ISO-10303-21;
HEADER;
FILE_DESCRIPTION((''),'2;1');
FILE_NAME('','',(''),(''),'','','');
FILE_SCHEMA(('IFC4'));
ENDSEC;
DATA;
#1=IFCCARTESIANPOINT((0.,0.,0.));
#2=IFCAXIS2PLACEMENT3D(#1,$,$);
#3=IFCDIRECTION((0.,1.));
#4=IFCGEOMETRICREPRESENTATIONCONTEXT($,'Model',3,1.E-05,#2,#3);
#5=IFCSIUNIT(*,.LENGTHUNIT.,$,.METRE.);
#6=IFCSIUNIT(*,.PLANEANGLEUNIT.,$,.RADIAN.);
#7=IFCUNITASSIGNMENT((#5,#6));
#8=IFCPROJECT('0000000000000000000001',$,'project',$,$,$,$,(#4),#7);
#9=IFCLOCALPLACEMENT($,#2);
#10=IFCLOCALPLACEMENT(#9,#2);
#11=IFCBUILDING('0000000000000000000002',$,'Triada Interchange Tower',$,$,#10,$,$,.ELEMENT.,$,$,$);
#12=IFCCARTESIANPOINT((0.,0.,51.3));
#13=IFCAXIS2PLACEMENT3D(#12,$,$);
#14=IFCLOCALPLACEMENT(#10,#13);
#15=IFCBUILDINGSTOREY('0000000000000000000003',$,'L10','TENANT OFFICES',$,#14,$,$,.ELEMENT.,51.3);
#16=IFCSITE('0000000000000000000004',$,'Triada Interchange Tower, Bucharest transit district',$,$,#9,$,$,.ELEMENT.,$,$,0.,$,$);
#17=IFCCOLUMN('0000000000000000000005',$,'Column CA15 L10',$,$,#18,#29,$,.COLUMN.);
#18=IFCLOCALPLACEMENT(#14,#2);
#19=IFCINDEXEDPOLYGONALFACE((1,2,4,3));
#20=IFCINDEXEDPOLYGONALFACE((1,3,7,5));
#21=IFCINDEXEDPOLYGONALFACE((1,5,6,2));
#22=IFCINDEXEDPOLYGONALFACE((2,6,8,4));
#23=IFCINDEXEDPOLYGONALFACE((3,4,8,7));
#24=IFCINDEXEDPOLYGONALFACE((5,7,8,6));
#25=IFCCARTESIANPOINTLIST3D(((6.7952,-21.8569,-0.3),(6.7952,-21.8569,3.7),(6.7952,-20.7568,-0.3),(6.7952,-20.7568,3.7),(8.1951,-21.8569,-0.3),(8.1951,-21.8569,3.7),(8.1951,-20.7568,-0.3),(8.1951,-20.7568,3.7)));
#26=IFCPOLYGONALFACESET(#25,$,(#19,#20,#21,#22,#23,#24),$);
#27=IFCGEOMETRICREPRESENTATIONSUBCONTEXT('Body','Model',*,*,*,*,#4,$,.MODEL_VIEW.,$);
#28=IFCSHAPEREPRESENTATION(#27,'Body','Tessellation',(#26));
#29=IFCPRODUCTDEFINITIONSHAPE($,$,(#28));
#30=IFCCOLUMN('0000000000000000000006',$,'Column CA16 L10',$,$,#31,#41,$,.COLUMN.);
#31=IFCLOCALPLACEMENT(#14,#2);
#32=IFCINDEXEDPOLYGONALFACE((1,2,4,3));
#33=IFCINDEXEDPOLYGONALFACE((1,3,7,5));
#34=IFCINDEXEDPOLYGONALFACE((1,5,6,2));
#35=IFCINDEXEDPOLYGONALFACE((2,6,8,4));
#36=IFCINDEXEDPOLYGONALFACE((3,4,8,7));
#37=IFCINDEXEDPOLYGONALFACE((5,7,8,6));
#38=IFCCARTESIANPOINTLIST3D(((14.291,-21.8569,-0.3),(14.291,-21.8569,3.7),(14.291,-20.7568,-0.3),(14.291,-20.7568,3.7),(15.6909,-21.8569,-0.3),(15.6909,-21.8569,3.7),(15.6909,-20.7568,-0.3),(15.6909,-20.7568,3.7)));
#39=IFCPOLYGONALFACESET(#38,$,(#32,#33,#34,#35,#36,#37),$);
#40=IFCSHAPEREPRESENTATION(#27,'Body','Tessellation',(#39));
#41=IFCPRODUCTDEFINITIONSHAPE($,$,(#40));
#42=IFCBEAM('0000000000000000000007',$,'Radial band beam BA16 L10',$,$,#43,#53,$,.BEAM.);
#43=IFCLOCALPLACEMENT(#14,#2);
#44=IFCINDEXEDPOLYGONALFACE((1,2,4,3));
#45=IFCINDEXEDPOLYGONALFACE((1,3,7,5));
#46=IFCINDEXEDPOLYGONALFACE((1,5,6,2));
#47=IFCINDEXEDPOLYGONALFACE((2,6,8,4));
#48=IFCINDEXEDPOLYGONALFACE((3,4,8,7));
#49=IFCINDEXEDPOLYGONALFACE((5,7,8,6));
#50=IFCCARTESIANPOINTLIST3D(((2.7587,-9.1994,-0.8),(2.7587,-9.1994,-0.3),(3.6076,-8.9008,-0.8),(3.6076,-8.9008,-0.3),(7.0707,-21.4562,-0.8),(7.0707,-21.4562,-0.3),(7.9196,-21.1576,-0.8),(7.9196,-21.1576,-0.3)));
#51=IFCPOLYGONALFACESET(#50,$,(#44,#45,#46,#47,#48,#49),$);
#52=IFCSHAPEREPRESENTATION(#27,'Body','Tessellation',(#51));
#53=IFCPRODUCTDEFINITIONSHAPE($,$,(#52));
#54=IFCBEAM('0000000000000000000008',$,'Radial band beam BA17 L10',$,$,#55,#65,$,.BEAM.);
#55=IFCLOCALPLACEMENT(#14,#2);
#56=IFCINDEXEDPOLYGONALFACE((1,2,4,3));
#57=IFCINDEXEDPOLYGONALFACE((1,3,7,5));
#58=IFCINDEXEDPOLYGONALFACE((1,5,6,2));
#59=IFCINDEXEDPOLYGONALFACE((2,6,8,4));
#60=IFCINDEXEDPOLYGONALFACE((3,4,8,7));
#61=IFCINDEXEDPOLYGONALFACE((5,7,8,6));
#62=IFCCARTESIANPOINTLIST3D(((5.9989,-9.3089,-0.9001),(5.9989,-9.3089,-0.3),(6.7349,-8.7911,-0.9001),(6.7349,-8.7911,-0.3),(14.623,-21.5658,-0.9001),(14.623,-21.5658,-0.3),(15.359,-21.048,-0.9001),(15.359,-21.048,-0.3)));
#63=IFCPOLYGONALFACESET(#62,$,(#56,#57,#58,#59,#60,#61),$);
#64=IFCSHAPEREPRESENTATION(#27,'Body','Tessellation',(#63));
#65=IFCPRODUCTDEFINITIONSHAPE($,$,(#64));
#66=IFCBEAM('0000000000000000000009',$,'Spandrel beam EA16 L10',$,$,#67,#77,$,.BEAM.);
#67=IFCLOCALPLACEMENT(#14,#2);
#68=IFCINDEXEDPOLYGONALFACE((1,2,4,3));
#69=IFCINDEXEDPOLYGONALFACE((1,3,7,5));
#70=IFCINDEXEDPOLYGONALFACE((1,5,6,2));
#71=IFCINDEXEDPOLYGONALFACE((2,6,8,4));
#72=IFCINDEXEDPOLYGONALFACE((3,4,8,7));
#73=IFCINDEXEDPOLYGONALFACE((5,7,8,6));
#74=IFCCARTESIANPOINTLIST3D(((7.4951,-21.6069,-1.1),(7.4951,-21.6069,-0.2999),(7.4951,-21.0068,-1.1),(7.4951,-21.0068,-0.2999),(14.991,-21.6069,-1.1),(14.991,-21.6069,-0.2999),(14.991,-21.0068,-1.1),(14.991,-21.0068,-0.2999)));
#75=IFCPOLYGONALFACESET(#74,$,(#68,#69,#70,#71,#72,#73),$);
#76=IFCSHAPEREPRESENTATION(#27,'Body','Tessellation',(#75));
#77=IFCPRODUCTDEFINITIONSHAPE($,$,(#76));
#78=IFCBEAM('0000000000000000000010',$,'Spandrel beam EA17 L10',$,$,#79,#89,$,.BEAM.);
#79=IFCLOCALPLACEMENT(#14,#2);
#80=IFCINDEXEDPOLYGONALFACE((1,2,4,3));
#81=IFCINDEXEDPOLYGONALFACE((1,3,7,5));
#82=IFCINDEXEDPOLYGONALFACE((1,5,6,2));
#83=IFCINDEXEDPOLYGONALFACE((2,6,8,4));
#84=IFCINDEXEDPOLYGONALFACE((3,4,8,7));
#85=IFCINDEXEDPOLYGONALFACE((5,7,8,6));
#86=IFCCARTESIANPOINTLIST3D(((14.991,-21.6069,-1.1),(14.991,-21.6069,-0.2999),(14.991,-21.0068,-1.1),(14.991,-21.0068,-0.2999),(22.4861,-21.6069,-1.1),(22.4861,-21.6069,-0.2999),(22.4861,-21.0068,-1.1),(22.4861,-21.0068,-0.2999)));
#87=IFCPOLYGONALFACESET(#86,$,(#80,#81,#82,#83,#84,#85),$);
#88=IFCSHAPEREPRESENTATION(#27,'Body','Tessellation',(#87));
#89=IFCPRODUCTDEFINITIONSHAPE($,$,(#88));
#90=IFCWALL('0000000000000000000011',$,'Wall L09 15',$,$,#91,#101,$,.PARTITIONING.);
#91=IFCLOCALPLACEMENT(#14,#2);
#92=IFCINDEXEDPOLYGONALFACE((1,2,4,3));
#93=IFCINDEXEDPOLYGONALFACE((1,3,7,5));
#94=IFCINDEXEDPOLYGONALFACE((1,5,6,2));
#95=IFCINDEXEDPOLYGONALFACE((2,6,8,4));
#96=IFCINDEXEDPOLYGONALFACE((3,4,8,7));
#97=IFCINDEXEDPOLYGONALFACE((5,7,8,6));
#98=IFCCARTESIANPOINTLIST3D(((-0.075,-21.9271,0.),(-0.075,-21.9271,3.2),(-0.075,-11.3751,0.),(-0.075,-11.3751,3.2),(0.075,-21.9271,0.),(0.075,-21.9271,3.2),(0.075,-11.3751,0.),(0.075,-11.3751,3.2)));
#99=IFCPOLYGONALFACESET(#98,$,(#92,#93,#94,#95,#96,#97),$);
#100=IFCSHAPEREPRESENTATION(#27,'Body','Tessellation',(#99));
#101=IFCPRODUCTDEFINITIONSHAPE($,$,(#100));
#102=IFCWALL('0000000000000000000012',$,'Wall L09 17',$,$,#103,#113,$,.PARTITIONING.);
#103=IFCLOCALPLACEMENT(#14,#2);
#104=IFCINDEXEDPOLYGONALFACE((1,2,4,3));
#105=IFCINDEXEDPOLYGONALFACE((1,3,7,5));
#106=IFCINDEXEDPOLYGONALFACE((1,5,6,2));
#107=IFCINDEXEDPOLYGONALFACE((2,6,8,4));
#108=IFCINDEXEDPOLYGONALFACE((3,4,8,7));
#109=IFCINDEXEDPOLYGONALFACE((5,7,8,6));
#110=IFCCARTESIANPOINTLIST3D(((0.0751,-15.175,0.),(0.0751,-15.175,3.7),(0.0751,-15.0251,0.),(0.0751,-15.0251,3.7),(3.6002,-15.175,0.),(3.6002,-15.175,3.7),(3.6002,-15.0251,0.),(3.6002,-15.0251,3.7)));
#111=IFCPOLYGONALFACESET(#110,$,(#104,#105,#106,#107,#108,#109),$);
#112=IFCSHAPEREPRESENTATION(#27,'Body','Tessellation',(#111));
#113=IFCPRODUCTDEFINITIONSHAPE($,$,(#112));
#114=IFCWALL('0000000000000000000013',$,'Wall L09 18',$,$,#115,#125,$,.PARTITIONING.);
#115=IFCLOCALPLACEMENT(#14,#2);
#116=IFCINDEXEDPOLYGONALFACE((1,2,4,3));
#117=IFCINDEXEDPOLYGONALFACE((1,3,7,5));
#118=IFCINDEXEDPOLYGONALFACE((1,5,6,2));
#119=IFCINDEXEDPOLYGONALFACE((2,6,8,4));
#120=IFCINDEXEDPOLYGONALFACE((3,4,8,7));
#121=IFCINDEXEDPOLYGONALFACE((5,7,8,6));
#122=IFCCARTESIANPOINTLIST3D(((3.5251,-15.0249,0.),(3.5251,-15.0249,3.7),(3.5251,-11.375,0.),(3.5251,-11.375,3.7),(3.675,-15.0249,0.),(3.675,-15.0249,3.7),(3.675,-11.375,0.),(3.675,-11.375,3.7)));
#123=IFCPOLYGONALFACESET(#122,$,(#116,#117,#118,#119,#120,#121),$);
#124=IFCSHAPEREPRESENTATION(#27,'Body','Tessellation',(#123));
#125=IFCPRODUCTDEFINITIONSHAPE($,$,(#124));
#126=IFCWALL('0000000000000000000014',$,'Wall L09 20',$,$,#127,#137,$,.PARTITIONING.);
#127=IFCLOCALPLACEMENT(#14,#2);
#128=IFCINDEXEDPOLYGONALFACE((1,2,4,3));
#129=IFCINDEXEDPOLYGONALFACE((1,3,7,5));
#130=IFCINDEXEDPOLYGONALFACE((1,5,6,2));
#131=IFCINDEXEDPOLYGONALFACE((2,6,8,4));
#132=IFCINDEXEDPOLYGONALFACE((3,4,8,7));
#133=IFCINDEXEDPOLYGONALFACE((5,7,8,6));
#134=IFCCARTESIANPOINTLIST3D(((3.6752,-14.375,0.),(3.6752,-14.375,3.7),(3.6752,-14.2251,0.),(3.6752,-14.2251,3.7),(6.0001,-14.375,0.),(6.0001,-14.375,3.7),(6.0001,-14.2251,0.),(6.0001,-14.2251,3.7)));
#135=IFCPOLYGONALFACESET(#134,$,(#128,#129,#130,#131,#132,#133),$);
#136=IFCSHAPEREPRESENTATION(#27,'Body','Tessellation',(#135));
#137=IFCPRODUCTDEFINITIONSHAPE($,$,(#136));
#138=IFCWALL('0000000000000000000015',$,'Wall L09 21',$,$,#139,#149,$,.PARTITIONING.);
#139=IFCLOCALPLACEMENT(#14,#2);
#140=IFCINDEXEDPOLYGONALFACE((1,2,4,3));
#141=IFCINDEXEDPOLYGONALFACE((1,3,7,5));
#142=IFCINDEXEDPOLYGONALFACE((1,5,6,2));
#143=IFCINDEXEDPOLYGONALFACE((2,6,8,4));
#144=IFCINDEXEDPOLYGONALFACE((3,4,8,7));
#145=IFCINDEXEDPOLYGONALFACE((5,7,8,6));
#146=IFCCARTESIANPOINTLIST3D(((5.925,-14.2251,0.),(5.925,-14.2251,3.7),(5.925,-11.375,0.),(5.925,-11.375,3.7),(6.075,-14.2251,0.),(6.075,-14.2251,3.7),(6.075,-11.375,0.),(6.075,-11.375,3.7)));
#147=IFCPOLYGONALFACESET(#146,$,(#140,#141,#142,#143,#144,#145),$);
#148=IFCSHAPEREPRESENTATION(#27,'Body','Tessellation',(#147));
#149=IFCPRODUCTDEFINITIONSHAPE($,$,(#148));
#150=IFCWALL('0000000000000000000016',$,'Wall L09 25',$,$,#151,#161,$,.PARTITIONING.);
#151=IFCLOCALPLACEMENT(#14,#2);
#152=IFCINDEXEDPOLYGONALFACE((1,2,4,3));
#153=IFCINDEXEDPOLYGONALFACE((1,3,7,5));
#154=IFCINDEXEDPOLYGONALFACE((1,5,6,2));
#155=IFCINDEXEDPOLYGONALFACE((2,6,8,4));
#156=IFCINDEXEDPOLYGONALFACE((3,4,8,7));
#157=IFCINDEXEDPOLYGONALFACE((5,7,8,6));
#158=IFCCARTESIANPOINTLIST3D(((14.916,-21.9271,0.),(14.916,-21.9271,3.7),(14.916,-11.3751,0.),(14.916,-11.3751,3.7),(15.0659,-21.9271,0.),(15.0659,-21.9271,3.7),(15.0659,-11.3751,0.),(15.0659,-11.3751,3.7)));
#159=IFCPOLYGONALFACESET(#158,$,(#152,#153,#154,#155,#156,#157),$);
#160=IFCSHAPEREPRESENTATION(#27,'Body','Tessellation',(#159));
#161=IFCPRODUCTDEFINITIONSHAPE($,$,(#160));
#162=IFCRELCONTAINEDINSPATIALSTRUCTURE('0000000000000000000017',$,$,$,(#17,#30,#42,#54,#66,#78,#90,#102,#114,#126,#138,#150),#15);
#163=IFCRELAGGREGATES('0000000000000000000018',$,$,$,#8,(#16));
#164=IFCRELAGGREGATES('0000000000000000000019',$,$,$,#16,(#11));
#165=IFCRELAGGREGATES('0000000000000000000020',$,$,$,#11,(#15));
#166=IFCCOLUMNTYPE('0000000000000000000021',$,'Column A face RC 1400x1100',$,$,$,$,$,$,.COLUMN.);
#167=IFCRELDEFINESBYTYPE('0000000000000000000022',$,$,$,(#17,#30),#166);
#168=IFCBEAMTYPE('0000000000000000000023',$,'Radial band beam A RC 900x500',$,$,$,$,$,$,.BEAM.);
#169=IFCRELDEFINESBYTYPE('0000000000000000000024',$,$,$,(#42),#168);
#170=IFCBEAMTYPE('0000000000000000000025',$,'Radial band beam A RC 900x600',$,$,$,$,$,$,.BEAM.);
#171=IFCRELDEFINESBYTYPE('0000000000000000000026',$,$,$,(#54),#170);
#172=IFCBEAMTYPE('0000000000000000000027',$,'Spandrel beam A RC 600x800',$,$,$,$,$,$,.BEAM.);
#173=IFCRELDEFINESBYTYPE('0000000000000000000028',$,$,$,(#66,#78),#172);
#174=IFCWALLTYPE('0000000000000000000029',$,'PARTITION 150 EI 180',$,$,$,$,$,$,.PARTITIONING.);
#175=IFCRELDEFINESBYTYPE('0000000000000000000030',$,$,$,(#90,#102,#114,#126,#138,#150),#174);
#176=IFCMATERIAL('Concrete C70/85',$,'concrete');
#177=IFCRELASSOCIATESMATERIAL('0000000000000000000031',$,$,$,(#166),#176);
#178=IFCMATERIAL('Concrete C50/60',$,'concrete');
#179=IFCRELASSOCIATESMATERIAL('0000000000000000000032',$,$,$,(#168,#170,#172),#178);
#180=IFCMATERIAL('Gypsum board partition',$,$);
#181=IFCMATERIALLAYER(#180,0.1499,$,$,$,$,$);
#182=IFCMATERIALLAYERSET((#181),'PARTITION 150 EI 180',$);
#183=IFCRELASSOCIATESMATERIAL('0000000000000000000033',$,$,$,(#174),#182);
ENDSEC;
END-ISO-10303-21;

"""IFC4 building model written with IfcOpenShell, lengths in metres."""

from ifc_helpers import new_model, si_unit, direction, frame, frame_2d, origin, origin_2d, place, context, subcontext, project, spatial, rectangle, extrude, material, layer, layer_set, material_profile, profile_set, type_object, element, save


model = new_model("IFC4")

# Units and contexts
model_context = context("Model", 3, precision=1e-05, world=origin(), true_north=direction((0.0, 1.0)))
body_context = subcontext(model_context, "Body", "Model", "MODEL_VIEW")
ifc_project = project(units=[si_unit("LENGTHUNIT", "METRE"), si_unit("PLANEANGLEUNIT", "RADIAN")], contexts=[model_context])

# Site, building, storey
site_placement = place(None, origin())
site = spatial("IfcSite", under=ifc_project, at=site_placement, Name="Triada Interchange Tower, Bucharest transit district", CompositionType="ELEMENT", RefElevation=0.0)
building_placement = place(site_placement, origin())
building = spatial("IfcBuilding", under=site, at=building_placement, Name="Triada Interchange Tower", CompositionType="ELEMENT")
storey_placement = place(building_placement, frame((0.0, 0.0, 51.3)))
storey = spatial("IfcBuildingStorey", under=building, at=storey_placement, Name="L10", Description="TENANT OFFICES", CompositionType="ELEMENT", Elevation=51.3)

# Columns
ifc_material_1 = material(Name="Concrete C70/85", Category="concrete")
ifc_material_profile_1 = material_profile(ifc_material_1, rectangle(XDim=1.3999, YDim=1.1001, at=origin_2d()), Name="RC 1400x1100")
ifc_profile_set_1 = profile_set([ifc_material_profile_1], Name="Concrete C70/85")
column_type = type_object("IfcColumnType", Name="Column A face RC 1400x1100", PredefinedType="COLUMN", material=ifc_profile_set_1)
for number, where, z_axis, x_axis, name in (
    (1, (7.4951, -21.3069, -0.3), (0.0, 0.0, 1.0), (1.0, 0.0, 0.0), "Column CA15 L10"),
    (2, (14.991, -21.3069, -0.3), (0.0, 0.0, 1.0), (1.0, 0.0, 0.0), "Column CA16 L10"),
):
    element("IfcColumn", number, at=place(storey_placement, frame(where, z_axis=z_axis, x_axis=x_axis)), inside=storey, type_object=column_type, Name=name, PredefinedType="COLUMN", context=body_context, shape_type="SweptSolid", body=[
        extrude(rectangle(XDim=1.3999, YDim=1.1001, at=origin_2d()), origin(), (0.0, 0.0, 1.0), 4.0),
    ])

# Beams
ifc_material_2 = material(Name="Concrete C50/60", Category="concrete")
ifc_material_profile_2 = material_profile(ifc_material_2, rectangle(XDim=0.8999, YDim=0.5, at=origin_2d()), Name="RC 900x500")
ifc_profile_set_2 = profile_set([ifc_material_profile_2], Name="Concrete C50/60")
beam_type_1 = type_object("IfcBeamType", Name="Radial band beam A RC 900x500", PredefinedType="BEAM", material=ifc_profile_set_2)
beam_1_placement = place(storey_placement, frame((7.4951, -21.3069, -0.55), z_axis=(-0.331867, 0.943326, 0.0), x_axis=(-0.943326, -0.331867, 0.0)))
element("IfcBeam", 3, at=beam_1_placement, inside=storey, type_object=beam_type_1, Name="Radial band beam BA16 L10", PredefinedType="BEAM", context=body_context, shape_type="SweptSolid", body=[
    extrude(rectangle(XDim=0.8999, YDim=0.5, at=origin_2d()), origin(), (0.0, 0.0, 1.0), 12.9932),
])
ifc_material_profile_3 = material_profile(ifc_material_2, rectangle(XDim=0.8999, YDim=0.6001, at=origin_2d()), Name="RC 900x600")
ifc_profile_set_3 = profile_set([ifc_material_profile_3], Name="Concrete C50/60")
beam_type_2 = type_object("IfcBeamType", Name="Radial band beam A RC 900x600", PredefinedType="BEAM", material=ifc_profile_set_3)
beam_2_placement = place(storey_placement, frame((14.991, -21.3069, -0.6001), z_axis=(-0.575442, 0.817843, 0.0), x_axis=(-0.817843, -0.575442, 0.0)))
element("IfcBeam", 4, at=beam_2_placement, inside=storey, type_object=beam_type_2, Name="Radial band beam BA17 L10", PredefinedType="BEAM", context=body_context, shape_type="SweptSolid", body=[
    extrude(rectangle(XDim=0.8999, YDim=0.6001, at=origin_2d()), origin(), (0.0, 0.0, 1.0), 14.9868),
])
ifc_material_profile_4 = material_profile(ifc_material_2, rectangle(XDim=0.6001, YDim=0.8, at=origin_2d()), Name="RC 600x800")
ifc_profile_set_4 = profile_set([ifc_material_profile_4], Name="Concrete C50/60")
beam_type_3 = type_object("IfcBeamType", Name="Spandrel beam A RC 600x800", PredefinedType="BEAM", material=ifc_profile_set_4)
beam_3_placement = place(storey_placement, frame((7.4951, -21.3069, -0.7), z_axis=(1.0, 0.0, 0.0), x_axis=(0.0, 1.0, 0.0)))
element("IfcBeam", 5, at=beam_3_placement, inside=storey, type_object=beam_type_3, Name="Spandrel beam EA16 L10", PredefinedType="BEAM", context=body_context, shape_type="SweptSolid", body=[
    extrude(rectangle(XDim=0.6001, YDim=0.8, at=origin_2d()), origin(), (0.0, 0.0, 1.0), 7.4958),
])
beam_4_placement = place(storey_placement, frame((14.991, -21.3069, -0.7), z_axis=(1.0, 0.0, 0.0), x_axis=(0.0, 1.0, 0.0)))
element("IfcBeam", 6, at=beam_4_placement, inside=storey, type_object=beam_type_3, Name="Spandrel beam EA17 L10", PredefinedType="BEAM", context=body_context, shape_type="SweptSolid", body=[
    extrude(rectangle(XDim=0.6001, YDim=0.8, at=origin_2d()), origin(), (0.0, 0.0, 1.0), 7.4951),
])

# Walls
ifc_material_3 = material(Name="Gypsum board partition")
ifc_layer_1 = layer(ifc_material_3, 0.1499)
ifc_layer_set_1 = layer_set([ifc_layer_1], Name="PARTITION 150 EI 180")
wall_type_1 = type_object("IfcWallType", Name="PARTITION 150 EI 180", PredefinedType="PARTITIONING", material=ifc_layer_set_1)
wall_1_placement = place(storey_placement, frame((0.0, -21.927, 0.0), z_axis=(0.0, 0.0, 1.0), x_axis=(0.0, 1.0, 0.0)))
element("IfcWall", 7, at=wall_1_placement, inside=storey, type_object=wall_type_1, Name="Wall L09 15", PredefinedType="PARTITIONING", context=body_context, shape_type="SweptSolid", body=[
    extrude(rectangle(XDim=10.552, YDim=0.1499, at=frame_2d((5.2759, 0.0))), origin(), (0.0, 0.0, 1.0), 3.2),
])
wall_2_placement = place(storey_placement, frame((0.075, -15.1001, 0.0), z_axis=(0.0, 0.0, 1.0), x_axis=(1.0, 0.0, 0.0)))
element("IfcWall", 8, at=wall_2_placement, inside=storey, type_object=wall_type_1, Name="Wall L09 17", PredefinedType="PARTITIONING", context=body_context, shape_type="SweptSolid", body=[
    extrude(rectangle(XDim=3.5251, YDim=0.1499, at=frame_2d((1.7627, 0.0))), origin(), (0.0, 0.0, 1.0), 3.7),
])
wall_3_placement = place(storey_placement, frame((3.6001, -15.0249, 0.0), z_axis=(0.0, 0.0, 1.0), x_axis=(0.0, 1.0, 0.0)))
element("IfcWall", 9, at=wall_3_placement, inside=storey, type_object=wall_type_1, Name="Wall L09 18", PredefinedType="PARTITIONING", context=body_context, shape_type="SweptSolid", body=[
    extrude(rectangle(XDim=3.6499, YDim=0.1499, at=frame_2d((1.825, 0.0))), origin(), (0.0, 0.0, 1.0), 3.7),
])
wall_4_placement = place(storey_placement, frame((3.675, -14.3, 0.0), z_axis=(0.0, 0.0, 1.0), x_axis=(1.0, 0.0, 0.0)))
element("IfcWall", 10, at=wall_4_placement, inside=storey, type_object=wall_type_1, Name="Wall L09 20", PredefinedType="PARTITIONING", context=body_context, shape_type="SweptSolid", body=[
    extrude(rectangle(XDim=2.325, YDim=0.1499, at=frame_2d((1.1626, 0.0))), origin(), (0.0, 0.0, 1.0), 3.7),
])
wall_5_placement = place(storey_placement, frame((6.0, -14.2251, 0.0), z_axis=(0.0, 0.0, 1.0), x_axis=(0.0, 1.0, 0.0)))
element("IfcWall", 11, at=wall_5_placement, inside=storey, type_object=wall_type_1, Name="Wall L09 21", PredefinedType="PARTITIONING", context=body_context, shape_type="SweptSolid", body=[
    extrude(rectangle(XDim=2.8501, YDim=0.1499, at=frame_2d((1.425, 0.0))), origin(), (0.0, 0.0, 1.0), 3.7),
])
wall_6_placement = place(storey_placement, frame((14.991, -21.927, 0.0), z_axis=(0.0, 0.0, 1.0), x_axis=(0.0, 1.0, 0.0)))
element("IfcWall", 12, at=wall_6_placement, inside=storey, type_object=wall_type_1, Name="Wall L09 25", PredefinedType="PARTITIONING", context=body_context, shape_type="SweptSolid", body=[
    extrude(rectangle(XDim=10.552, YDim=0.1499, at=frame_2d((5.2759, 0.0))), origin(), (0.0, 0.0, 1.0), 3.7),
])

save(model, "model.ifc")
